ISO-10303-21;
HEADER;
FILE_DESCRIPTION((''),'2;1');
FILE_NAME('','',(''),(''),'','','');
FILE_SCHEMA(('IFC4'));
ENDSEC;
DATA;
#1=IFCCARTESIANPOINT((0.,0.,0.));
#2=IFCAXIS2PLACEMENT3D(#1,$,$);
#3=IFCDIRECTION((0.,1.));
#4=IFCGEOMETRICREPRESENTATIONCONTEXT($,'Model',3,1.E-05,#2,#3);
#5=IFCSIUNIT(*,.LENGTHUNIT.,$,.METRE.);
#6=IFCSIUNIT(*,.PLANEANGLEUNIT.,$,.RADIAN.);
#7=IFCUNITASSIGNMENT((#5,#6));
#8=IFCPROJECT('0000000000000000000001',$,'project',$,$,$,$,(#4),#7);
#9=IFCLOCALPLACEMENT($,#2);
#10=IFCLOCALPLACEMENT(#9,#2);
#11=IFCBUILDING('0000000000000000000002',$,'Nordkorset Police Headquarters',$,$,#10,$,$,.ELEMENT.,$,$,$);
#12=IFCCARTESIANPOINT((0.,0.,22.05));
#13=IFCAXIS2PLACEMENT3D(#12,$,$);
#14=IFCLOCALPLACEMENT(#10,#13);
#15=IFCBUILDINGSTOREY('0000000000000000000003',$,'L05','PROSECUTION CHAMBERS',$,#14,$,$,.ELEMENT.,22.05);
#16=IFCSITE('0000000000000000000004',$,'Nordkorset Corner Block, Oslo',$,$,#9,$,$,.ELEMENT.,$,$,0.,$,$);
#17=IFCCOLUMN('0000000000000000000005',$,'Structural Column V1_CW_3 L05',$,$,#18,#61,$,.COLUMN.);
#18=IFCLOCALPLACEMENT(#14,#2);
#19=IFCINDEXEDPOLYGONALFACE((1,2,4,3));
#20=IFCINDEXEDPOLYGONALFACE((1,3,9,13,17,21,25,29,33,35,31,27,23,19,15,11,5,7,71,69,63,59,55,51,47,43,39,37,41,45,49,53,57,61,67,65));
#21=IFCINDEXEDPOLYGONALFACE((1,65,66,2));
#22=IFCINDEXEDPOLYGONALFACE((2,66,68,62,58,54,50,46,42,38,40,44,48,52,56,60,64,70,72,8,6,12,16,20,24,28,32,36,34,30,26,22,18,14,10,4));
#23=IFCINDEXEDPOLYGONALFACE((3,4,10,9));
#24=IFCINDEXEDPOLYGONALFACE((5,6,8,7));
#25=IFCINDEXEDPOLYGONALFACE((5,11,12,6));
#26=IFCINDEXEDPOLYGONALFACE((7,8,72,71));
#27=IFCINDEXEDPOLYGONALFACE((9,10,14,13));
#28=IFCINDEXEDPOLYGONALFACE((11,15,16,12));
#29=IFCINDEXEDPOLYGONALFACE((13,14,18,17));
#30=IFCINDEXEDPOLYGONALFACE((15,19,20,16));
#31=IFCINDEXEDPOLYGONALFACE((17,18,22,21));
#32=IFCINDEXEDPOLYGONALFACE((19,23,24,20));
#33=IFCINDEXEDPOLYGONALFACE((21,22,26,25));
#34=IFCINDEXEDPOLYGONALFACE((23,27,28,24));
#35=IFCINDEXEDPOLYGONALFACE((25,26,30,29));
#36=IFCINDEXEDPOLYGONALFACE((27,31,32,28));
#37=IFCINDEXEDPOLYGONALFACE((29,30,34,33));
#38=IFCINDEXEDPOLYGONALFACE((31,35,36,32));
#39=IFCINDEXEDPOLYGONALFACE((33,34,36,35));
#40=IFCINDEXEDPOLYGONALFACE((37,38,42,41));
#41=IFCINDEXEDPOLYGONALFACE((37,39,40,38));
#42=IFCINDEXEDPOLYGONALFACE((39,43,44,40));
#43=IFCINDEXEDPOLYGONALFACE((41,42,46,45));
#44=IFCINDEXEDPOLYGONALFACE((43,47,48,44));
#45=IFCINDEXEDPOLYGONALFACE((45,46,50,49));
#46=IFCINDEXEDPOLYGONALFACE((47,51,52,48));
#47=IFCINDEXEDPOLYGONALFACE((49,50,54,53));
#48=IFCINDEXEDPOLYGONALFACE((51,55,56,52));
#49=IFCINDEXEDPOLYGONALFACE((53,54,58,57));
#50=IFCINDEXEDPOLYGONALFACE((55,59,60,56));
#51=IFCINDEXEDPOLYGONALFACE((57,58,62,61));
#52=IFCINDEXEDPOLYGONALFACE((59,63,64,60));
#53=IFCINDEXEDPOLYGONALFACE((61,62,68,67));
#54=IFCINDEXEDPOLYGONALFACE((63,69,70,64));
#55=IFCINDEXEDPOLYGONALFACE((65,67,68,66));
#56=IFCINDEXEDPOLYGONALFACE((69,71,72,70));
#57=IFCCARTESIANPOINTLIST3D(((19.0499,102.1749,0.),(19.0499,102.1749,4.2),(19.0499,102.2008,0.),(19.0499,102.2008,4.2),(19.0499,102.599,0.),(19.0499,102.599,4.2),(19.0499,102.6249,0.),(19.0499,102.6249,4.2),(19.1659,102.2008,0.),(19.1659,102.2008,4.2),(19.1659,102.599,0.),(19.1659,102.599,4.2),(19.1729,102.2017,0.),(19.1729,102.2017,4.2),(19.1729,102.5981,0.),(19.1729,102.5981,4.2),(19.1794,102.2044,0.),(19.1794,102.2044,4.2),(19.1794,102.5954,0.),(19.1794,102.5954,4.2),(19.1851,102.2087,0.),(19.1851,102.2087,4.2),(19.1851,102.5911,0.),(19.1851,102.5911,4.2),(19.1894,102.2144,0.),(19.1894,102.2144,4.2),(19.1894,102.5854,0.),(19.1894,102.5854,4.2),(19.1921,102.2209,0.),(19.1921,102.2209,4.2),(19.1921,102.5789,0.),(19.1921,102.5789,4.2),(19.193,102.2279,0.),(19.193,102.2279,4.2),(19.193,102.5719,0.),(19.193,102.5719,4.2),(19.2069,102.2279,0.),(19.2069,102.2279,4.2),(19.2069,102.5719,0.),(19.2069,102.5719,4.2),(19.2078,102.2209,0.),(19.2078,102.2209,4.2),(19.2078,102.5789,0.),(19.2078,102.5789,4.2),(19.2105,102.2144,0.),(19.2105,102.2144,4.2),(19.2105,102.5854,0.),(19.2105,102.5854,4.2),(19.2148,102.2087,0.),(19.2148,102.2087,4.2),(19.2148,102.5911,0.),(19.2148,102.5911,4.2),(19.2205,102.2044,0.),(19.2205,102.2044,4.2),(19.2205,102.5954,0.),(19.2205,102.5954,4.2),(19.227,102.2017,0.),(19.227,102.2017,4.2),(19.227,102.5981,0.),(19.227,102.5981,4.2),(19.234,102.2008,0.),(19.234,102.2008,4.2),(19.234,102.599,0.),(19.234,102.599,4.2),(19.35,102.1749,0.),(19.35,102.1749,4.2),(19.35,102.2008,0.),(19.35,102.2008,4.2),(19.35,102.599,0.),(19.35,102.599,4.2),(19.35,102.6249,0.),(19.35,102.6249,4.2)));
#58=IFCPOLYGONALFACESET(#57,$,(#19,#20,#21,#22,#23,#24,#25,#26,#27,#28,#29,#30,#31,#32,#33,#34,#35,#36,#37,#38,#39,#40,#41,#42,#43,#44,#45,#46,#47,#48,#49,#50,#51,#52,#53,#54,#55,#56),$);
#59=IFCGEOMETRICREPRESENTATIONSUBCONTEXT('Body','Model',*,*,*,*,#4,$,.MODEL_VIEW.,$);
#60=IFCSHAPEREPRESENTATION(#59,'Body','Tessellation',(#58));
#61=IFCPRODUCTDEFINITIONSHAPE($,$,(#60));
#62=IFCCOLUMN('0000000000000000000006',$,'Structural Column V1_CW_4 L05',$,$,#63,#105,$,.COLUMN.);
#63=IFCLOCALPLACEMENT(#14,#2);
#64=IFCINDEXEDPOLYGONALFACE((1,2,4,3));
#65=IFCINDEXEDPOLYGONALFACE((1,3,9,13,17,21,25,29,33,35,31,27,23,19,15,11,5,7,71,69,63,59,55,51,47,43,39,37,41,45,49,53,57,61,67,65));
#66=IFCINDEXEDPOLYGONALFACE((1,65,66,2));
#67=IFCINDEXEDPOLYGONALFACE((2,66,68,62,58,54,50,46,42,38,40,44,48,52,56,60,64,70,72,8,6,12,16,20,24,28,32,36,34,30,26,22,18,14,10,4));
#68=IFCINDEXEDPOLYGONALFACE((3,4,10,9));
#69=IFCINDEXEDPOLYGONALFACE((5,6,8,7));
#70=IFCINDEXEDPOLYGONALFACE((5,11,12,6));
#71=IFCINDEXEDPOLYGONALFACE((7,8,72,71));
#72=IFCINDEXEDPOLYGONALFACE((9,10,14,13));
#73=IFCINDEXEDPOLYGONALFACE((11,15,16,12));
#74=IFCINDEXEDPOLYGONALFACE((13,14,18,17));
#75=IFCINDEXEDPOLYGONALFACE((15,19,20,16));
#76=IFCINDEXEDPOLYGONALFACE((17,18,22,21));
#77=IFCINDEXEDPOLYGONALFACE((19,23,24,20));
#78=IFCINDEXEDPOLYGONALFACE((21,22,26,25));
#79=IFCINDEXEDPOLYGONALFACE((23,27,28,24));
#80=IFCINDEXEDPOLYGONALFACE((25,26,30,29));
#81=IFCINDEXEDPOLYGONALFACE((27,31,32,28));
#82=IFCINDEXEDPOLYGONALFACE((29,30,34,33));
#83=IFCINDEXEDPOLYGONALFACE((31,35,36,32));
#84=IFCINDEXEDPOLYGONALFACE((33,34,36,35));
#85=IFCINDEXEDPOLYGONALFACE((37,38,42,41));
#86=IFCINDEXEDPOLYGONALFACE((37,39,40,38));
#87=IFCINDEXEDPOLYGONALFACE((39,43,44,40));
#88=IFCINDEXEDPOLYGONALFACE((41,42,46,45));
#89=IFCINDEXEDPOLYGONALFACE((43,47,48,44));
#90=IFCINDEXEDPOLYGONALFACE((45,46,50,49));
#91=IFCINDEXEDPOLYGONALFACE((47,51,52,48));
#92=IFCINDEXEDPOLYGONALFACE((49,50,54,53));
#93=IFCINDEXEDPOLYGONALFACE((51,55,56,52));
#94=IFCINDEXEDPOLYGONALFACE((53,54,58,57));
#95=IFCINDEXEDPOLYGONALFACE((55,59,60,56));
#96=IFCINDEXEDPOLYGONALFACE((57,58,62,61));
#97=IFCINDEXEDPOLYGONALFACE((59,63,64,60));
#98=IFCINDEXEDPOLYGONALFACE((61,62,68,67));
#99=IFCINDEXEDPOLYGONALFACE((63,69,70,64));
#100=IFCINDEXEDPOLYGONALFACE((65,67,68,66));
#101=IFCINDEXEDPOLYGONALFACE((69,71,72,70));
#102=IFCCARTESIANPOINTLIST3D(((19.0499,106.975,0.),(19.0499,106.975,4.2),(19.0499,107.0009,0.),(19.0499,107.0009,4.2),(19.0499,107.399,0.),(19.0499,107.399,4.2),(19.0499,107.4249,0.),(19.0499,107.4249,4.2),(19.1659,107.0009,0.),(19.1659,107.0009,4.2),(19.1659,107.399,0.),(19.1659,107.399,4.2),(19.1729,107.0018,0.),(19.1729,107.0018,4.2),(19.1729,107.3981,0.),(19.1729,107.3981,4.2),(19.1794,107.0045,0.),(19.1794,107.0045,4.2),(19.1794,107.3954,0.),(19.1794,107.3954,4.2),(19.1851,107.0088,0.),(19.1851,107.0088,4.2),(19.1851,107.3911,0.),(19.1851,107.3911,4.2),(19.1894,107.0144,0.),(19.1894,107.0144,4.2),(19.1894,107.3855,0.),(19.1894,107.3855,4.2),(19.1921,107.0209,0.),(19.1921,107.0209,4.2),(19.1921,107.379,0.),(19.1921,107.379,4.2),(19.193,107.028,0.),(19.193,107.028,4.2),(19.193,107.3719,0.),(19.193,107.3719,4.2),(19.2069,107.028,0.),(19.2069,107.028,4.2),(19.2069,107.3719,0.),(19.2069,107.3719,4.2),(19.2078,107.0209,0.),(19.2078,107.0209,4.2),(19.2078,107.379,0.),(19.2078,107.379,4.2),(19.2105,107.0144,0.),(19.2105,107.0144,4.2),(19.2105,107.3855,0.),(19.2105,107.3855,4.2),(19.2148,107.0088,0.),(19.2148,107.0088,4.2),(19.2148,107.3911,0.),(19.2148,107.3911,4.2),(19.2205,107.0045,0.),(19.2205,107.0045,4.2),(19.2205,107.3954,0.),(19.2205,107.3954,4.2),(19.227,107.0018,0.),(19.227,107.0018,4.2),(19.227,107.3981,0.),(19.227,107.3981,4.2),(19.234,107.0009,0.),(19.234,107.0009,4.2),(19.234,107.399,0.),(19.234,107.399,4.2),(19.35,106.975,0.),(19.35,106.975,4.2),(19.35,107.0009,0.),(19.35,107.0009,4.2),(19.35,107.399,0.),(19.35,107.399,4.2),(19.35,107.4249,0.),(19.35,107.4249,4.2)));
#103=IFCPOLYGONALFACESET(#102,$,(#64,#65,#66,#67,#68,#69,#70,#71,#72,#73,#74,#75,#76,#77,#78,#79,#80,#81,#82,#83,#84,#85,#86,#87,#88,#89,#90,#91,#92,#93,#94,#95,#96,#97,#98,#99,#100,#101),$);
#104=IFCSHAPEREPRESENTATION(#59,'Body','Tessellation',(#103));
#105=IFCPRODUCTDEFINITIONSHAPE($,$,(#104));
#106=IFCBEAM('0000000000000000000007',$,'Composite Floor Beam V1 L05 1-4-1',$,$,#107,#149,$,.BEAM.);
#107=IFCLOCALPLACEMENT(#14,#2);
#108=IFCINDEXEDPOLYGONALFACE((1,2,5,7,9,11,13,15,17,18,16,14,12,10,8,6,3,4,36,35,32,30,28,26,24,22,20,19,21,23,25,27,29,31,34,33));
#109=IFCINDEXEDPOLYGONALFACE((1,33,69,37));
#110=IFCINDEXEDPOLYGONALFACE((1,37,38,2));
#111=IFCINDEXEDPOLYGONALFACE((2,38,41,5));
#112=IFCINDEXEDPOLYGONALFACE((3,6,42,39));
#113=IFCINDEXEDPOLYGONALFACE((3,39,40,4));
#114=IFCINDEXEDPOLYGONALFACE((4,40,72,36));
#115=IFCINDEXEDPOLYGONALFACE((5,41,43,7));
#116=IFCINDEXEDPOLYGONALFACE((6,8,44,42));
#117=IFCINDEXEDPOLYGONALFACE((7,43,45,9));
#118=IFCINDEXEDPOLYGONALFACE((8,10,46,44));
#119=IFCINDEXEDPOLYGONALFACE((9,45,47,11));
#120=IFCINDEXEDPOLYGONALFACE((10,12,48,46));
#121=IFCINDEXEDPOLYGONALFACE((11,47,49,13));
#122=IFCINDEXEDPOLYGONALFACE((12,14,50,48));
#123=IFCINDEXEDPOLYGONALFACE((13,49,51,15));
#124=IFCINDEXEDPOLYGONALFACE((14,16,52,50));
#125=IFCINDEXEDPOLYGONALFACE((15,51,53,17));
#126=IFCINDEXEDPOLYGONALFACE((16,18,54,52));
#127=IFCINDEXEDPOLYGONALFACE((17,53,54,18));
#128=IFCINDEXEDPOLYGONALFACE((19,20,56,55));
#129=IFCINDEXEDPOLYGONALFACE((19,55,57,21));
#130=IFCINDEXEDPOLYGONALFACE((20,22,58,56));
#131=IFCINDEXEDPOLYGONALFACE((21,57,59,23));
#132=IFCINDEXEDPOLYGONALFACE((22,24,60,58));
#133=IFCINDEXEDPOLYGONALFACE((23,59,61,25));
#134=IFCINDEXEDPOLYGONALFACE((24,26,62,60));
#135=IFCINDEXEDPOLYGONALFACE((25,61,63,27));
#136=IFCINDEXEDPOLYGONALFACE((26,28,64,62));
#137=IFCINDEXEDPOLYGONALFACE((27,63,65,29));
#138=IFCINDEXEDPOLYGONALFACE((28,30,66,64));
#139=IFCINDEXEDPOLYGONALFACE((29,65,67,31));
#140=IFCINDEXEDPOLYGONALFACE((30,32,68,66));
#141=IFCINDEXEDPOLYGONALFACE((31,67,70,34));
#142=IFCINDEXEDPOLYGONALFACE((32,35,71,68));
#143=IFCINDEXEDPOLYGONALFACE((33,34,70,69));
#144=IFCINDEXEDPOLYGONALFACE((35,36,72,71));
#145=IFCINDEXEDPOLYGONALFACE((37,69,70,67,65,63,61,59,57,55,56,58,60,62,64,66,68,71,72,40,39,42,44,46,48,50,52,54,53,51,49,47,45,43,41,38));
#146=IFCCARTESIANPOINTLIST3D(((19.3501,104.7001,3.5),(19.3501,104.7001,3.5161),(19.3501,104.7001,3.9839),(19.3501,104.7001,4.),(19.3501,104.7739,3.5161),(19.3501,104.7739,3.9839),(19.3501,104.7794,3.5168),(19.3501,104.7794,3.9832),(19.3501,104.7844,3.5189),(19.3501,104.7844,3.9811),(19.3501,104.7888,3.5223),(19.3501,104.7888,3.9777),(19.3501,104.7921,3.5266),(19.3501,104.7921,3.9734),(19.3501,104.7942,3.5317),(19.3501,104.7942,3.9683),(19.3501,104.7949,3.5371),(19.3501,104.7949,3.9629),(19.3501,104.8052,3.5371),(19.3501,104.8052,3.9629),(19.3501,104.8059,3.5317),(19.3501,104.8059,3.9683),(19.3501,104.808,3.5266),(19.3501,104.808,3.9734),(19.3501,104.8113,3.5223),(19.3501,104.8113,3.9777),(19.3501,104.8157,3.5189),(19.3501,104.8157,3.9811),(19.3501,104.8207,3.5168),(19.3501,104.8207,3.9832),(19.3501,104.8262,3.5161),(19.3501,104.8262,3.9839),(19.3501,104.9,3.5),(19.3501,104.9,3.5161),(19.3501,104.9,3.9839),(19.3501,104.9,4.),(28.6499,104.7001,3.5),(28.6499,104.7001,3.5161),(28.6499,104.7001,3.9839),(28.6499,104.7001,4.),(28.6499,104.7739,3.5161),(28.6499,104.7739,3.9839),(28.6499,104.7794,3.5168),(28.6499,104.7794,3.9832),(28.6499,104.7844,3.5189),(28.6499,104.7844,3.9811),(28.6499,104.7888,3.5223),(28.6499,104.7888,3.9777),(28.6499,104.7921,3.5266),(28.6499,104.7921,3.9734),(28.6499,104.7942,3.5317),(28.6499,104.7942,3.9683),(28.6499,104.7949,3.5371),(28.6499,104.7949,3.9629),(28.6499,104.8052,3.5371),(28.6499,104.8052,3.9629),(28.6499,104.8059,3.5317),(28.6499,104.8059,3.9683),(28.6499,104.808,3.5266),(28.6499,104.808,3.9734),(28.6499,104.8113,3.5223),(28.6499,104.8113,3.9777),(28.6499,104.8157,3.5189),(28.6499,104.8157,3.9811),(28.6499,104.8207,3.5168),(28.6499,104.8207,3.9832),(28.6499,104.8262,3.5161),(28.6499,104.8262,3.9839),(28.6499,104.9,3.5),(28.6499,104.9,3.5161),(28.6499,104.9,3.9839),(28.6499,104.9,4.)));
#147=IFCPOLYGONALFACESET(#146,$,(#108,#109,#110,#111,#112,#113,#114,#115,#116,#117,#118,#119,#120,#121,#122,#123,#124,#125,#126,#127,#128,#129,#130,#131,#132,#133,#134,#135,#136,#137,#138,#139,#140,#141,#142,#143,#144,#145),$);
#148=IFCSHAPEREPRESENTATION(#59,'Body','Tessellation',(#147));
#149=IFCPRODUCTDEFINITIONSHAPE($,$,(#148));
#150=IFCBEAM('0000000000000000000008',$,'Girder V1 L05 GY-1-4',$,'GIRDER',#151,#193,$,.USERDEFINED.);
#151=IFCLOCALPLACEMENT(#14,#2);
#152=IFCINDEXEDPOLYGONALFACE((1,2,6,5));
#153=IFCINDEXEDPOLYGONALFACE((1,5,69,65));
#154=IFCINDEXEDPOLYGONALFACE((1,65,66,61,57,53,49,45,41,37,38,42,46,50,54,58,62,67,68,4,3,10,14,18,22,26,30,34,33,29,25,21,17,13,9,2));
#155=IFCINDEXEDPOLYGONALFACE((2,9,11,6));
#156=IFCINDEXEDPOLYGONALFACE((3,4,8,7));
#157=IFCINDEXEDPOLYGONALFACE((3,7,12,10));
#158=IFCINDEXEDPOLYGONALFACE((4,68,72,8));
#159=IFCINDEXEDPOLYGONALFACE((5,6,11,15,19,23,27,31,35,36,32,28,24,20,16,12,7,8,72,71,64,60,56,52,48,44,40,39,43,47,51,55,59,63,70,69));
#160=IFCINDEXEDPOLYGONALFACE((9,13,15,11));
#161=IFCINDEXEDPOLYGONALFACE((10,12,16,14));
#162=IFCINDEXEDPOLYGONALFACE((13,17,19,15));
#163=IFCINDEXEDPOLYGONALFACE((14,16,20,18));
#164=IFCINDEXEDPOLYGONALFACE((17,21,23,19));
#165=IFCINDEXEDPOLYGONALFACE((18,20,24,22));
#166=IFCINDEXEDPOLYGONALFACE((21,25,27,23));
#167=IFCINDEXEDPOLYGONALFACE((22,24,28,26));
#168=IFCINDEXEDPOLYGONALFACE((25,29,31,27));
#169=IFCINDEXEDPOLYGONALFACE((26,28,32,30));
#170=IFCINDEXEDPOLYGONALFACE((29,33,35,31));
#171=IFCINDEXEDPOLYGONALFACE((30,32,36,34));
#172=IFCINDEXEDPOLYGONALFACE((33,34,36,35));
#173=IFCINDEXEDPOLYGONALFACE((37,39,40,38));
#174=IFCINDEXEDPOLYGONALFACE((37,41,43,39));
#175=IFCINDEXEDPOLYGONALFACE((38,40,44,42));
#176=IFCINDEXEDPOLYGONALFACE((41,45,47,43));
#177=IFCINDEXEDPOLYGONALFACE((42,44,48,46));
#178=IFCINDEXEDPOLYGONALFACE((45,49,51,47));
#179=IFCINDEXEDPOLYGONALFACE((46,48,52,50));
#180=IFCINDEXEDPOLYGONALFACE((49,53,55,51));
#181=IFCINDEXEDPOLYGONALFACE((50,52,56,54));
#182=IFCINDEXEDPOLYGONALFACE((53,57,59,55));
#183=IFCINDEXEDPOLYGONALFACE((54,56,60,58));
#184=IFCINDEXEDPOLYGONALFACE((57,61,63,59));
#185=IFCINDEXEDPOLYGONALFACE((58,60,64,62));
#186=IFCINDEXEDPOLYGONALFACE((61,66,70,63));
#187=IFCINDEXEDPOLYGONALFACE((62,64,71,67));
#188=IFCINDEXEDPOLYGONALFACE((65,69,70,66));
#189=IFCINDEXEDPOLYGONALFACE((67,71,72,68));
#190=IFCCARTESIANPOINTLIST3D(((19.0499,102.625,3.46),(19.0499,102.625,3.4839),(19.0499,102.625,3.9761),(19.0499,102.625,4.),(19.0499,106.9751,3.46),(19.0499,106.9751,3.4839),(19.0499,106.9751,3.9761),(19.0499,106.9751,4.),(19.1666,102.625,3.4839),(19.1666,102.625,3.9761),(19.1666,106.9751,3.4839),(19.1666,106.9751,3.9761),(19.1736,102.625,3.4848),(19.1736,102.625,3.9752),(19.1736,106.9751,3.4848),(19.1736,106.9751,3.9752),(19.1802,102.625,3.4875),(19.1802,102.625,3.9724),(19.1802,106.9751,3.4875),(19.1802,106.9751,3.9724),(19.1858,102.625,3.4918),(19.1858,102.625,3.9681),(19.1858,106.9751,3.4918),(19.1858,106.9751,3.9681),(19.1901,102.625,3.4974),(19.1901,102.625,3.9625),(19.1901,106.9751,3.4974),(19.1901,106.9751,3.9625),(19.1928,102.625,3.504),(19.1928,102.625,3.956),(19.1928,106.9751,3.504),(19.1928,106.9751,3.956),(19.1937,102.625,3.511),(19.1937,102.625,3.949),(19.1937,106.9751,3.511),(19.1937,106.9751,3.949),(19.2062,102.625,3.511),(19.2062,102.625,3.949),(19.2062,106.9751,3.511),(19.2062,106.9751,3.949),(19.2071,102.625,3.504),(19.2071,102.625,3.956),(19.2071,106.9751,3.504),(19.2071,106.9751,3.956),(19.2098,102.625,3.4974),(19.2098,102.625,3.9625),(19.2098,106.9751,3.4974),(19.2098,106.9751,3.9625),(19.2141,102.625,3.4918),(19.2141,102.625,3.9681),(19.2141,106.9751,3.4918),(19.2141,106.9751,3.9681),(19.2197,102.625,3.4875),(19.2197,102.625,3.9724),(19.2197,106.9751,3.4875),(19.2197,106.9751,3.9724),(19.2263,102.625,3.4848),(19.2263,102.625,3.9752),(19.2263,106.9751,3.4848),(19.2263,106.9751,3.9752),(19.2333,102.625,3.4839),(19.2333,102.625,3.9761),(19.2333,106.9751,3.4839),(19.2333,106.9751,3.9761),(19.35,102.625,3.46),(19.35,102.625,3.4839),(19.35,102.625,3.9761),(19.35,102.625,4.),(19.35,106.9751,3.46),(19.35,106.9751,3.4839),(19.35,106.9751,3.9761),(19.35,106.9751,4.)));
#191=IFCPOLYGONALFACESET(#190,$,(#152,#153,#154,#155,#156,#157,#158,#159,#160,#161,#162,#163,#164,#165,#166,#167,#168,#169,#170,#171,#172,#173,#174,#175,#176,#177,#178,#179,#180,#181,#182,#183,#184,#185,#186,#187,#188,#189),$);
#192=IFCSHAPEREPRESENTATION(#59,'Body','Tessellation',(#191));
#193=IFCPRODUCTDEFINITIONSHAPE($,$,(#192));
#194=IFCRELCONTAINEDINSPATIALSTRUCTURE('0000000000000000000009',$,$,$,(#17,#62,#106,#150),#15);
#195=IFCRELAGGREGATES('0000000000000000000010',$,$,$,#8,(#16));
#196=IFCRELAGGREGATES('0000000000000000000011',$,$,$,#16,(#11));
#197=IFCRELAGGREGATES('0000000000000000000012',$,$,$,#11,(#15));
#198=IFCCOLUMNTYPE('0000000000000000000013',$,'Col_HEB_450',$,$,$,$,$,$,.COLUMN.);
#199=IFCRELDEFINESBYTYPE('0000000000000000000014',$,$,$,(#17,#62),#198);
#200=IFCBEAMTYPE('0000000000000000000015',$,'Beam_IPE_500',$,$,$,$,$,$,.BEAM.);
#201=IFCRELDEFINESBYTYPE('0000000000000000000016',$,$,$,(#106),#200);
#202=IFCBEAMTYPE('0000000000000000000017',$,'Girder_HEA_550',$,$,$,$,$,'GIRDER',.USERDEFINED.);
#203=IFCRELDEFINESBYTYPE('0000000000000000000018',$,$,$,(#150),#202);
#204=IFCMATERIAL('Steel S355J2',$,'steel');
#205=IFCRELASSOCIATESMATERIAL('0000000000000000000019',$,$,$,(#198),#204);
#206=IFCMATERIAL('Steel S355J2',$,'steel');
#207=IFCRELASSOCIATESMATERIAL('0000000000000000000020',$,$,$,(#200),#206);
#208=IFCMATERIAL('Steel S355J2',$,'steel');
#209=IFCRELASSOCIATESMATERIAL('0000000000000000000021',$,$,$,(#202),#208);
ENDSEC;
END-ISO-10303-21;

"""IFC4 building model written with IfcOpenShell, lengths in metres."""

from ifc_helpers import new_model, si_unit, direction, frame, origin, origin_2d, place, context, subcontext, project, spatial, i_section, extrude, material, material_profile, profile_set, type_object, element, save


model = new_model("IFC4")

# Units and contexts
model_context = context("Model", 3, precision=1e-05, world=origin(), true_north=direction((0.0, 1.0)))
body_context = subcontext(model_context, "Body", "Model", "MODEL_VIEW")
ifc_project = project(units=[si_unit("LENGTHUNIT", "METRE"), si_unit("PLANEANGLEUNIT", "RADIAN")], contexts=[model_context])

# Site, building, storey
site_placement = place(None, origin())
site = spatial("IfcSite", under=ifc_project, at=site_placement, Name="Nordkorset Corner Block, Oslo", CompositionType="ELEMENT", RefElevation=0.0)
building_placement = place(site_placement, origin())
building = spatial("IfcBuilding", under=site, at=building_placement, Name="Nordkorset Police Headquarters", CompositionType="ELEMENT")
storey_placement = place(building_placement, frame((0.0, 0.0, 22.05)))
storey = spatial("IfcBuildingStorey", under=building, at=storey_placement, Name="L05", Description="PROSECUTION CHAMBERS", CompositionType="ELEMENT", Elevation=22.05)

# Columns
ifc_material_1 = material(Name="Steel S355J2", Category="steel")
ifc_material_profile_1 = material_profile(ifc_material_1, i_section(OverallWidth=0.3, OverallDepth=0.45, WebThickness=0.0139, FlangeThickness=0.0259, FilletRadius=0.0271, at=origin_2d()), Name="HEB 450")
ifc_profile_set_1 = profile_set([ifc_material_profile_1], Name="Steel S355J2")
column_type = type_object("IfcColumnType", Name="Col_HEB_450", PredefinedType="COLUMN", material=ifc_profile_set_1)
for number, where, z_axis, x_axis, name in (
    (1, (19.2, 102.3999, 0.0), (0.0, 0.0, 1.0), (1.0, 0.0, 0.0), "Structural Column V1_CW_3 L05"),
    (2, (19.2, 107.2, 0.0), (0.0, 0.0, 1.0), (1.0, 0.0, 0.0), "Structural Column V1_CW_4 L05"),
):
    element("IfcColumn", number, at=place(storey_placement, frame(where, z_axis=z_axis, x_axis=x_axis)), inside=storey, type_object=column_type, Name=name, PredefinedType="COLUMN", context=body_context, shape_type="SweptSolid", body=[
        extrude(i_section(OverallWidth=0.3, OverallDepth=0.45, WebThickness=0.0139, FlangeThickness=0.0259, FilletRadius=0.0271, at=origin_2d()), origin(), (0.0, 0.0, 1.0), 4.2),
    ])

# Beams
ifc_material_2 = material(Name="Steel S355J2", Category="steel")
ifc_material_profile_2 = material_profile(ifc_material_2, i_section(OverallWidth=0.2, OverallDepth=0.5, WebThickness=0.0103, FlangeThickness=0.0161, FilletRadius=0.021, at=origin_2d()), Name="IPE 500")
ifc_profile_set_2 = profile_set([ifc_material_profile_2], Name="Steel S355J2")
beam_type_1 = type_object("IfcBeamType", Name="Beam_IPE_500", PredefinedType="BEAM", material=ifc_profile_set_2)
beam_1_placement = place(storey_placement, frame((19.3501, 104.8, 3.75), z_axis=(1.0, 0.0, 0.0), x_axis=(0.0, 1.0, 0.0)))
element("IfcBeam", 3, at=beam_1_placement, inside=storey, type_object=beam_type_1, Name="Composite Floor Beam V1 L05 1-4-1", PredefinedType="BEAM", context=body_context, shape_type="SweptSolid", body=[
    extrude(i_section(OverallWidth=0.2, OverallDepth=0.5, WebThickness=0.0103, FlangeThickness=0.0161, FilletRadius=0.021, at=origin_2d()), origin(), (0.0, 0.0, 1.0), 9.2998),
])
ifc_material_3 = material(Name="Steel S355J2", Category="steel")
ifc_material_profile_3 = material_profile(ifc_material_3, i_section(OverallWidth=0.3, OverallDepth=0.54, WebThickness=0.0125, FlangeThickness=0.0239, FilletRadius=0.0271, at=origin_2d()), Name="HEA 550")
ifc_profile_set_3 = profile_set([ifc_material_profile_3], Name="Steel S355J2")
beam_type_2 = type_object("IfcBeamType", Name="Girder_HEA_550", ElementType="GIRDER", PredefinedType="USERDEFINED", material=ifc_profile_set_3)
beam_2_placement = place(storey_placement, frame((19.2, 102.625, 3.73), z_axis=(0.0, 1.0, 0.0), x_axis=(-1.0, 0.0, 0.0)))
element("IfcBeam", 4, at=beam_2_placement, inside=storey, type_object=beam_type_2, Name="Girder V1 L05 GY-1-4", ObjectType="GIRDER", PredefinedType="USERDEFINED", context=body_context, shape_type="SweptSolid", body=[
    extrude(i_section(OverallWidth=0.3, OverallDepth=0.54, WebThickness=0.0125, FlangeThickness=0.0239, FilletRadius=0.0271, at=origin_2d()), origin(), (0.0, 0.0, 1.0), 4.3501),
])

save(model, "model.ifc")
